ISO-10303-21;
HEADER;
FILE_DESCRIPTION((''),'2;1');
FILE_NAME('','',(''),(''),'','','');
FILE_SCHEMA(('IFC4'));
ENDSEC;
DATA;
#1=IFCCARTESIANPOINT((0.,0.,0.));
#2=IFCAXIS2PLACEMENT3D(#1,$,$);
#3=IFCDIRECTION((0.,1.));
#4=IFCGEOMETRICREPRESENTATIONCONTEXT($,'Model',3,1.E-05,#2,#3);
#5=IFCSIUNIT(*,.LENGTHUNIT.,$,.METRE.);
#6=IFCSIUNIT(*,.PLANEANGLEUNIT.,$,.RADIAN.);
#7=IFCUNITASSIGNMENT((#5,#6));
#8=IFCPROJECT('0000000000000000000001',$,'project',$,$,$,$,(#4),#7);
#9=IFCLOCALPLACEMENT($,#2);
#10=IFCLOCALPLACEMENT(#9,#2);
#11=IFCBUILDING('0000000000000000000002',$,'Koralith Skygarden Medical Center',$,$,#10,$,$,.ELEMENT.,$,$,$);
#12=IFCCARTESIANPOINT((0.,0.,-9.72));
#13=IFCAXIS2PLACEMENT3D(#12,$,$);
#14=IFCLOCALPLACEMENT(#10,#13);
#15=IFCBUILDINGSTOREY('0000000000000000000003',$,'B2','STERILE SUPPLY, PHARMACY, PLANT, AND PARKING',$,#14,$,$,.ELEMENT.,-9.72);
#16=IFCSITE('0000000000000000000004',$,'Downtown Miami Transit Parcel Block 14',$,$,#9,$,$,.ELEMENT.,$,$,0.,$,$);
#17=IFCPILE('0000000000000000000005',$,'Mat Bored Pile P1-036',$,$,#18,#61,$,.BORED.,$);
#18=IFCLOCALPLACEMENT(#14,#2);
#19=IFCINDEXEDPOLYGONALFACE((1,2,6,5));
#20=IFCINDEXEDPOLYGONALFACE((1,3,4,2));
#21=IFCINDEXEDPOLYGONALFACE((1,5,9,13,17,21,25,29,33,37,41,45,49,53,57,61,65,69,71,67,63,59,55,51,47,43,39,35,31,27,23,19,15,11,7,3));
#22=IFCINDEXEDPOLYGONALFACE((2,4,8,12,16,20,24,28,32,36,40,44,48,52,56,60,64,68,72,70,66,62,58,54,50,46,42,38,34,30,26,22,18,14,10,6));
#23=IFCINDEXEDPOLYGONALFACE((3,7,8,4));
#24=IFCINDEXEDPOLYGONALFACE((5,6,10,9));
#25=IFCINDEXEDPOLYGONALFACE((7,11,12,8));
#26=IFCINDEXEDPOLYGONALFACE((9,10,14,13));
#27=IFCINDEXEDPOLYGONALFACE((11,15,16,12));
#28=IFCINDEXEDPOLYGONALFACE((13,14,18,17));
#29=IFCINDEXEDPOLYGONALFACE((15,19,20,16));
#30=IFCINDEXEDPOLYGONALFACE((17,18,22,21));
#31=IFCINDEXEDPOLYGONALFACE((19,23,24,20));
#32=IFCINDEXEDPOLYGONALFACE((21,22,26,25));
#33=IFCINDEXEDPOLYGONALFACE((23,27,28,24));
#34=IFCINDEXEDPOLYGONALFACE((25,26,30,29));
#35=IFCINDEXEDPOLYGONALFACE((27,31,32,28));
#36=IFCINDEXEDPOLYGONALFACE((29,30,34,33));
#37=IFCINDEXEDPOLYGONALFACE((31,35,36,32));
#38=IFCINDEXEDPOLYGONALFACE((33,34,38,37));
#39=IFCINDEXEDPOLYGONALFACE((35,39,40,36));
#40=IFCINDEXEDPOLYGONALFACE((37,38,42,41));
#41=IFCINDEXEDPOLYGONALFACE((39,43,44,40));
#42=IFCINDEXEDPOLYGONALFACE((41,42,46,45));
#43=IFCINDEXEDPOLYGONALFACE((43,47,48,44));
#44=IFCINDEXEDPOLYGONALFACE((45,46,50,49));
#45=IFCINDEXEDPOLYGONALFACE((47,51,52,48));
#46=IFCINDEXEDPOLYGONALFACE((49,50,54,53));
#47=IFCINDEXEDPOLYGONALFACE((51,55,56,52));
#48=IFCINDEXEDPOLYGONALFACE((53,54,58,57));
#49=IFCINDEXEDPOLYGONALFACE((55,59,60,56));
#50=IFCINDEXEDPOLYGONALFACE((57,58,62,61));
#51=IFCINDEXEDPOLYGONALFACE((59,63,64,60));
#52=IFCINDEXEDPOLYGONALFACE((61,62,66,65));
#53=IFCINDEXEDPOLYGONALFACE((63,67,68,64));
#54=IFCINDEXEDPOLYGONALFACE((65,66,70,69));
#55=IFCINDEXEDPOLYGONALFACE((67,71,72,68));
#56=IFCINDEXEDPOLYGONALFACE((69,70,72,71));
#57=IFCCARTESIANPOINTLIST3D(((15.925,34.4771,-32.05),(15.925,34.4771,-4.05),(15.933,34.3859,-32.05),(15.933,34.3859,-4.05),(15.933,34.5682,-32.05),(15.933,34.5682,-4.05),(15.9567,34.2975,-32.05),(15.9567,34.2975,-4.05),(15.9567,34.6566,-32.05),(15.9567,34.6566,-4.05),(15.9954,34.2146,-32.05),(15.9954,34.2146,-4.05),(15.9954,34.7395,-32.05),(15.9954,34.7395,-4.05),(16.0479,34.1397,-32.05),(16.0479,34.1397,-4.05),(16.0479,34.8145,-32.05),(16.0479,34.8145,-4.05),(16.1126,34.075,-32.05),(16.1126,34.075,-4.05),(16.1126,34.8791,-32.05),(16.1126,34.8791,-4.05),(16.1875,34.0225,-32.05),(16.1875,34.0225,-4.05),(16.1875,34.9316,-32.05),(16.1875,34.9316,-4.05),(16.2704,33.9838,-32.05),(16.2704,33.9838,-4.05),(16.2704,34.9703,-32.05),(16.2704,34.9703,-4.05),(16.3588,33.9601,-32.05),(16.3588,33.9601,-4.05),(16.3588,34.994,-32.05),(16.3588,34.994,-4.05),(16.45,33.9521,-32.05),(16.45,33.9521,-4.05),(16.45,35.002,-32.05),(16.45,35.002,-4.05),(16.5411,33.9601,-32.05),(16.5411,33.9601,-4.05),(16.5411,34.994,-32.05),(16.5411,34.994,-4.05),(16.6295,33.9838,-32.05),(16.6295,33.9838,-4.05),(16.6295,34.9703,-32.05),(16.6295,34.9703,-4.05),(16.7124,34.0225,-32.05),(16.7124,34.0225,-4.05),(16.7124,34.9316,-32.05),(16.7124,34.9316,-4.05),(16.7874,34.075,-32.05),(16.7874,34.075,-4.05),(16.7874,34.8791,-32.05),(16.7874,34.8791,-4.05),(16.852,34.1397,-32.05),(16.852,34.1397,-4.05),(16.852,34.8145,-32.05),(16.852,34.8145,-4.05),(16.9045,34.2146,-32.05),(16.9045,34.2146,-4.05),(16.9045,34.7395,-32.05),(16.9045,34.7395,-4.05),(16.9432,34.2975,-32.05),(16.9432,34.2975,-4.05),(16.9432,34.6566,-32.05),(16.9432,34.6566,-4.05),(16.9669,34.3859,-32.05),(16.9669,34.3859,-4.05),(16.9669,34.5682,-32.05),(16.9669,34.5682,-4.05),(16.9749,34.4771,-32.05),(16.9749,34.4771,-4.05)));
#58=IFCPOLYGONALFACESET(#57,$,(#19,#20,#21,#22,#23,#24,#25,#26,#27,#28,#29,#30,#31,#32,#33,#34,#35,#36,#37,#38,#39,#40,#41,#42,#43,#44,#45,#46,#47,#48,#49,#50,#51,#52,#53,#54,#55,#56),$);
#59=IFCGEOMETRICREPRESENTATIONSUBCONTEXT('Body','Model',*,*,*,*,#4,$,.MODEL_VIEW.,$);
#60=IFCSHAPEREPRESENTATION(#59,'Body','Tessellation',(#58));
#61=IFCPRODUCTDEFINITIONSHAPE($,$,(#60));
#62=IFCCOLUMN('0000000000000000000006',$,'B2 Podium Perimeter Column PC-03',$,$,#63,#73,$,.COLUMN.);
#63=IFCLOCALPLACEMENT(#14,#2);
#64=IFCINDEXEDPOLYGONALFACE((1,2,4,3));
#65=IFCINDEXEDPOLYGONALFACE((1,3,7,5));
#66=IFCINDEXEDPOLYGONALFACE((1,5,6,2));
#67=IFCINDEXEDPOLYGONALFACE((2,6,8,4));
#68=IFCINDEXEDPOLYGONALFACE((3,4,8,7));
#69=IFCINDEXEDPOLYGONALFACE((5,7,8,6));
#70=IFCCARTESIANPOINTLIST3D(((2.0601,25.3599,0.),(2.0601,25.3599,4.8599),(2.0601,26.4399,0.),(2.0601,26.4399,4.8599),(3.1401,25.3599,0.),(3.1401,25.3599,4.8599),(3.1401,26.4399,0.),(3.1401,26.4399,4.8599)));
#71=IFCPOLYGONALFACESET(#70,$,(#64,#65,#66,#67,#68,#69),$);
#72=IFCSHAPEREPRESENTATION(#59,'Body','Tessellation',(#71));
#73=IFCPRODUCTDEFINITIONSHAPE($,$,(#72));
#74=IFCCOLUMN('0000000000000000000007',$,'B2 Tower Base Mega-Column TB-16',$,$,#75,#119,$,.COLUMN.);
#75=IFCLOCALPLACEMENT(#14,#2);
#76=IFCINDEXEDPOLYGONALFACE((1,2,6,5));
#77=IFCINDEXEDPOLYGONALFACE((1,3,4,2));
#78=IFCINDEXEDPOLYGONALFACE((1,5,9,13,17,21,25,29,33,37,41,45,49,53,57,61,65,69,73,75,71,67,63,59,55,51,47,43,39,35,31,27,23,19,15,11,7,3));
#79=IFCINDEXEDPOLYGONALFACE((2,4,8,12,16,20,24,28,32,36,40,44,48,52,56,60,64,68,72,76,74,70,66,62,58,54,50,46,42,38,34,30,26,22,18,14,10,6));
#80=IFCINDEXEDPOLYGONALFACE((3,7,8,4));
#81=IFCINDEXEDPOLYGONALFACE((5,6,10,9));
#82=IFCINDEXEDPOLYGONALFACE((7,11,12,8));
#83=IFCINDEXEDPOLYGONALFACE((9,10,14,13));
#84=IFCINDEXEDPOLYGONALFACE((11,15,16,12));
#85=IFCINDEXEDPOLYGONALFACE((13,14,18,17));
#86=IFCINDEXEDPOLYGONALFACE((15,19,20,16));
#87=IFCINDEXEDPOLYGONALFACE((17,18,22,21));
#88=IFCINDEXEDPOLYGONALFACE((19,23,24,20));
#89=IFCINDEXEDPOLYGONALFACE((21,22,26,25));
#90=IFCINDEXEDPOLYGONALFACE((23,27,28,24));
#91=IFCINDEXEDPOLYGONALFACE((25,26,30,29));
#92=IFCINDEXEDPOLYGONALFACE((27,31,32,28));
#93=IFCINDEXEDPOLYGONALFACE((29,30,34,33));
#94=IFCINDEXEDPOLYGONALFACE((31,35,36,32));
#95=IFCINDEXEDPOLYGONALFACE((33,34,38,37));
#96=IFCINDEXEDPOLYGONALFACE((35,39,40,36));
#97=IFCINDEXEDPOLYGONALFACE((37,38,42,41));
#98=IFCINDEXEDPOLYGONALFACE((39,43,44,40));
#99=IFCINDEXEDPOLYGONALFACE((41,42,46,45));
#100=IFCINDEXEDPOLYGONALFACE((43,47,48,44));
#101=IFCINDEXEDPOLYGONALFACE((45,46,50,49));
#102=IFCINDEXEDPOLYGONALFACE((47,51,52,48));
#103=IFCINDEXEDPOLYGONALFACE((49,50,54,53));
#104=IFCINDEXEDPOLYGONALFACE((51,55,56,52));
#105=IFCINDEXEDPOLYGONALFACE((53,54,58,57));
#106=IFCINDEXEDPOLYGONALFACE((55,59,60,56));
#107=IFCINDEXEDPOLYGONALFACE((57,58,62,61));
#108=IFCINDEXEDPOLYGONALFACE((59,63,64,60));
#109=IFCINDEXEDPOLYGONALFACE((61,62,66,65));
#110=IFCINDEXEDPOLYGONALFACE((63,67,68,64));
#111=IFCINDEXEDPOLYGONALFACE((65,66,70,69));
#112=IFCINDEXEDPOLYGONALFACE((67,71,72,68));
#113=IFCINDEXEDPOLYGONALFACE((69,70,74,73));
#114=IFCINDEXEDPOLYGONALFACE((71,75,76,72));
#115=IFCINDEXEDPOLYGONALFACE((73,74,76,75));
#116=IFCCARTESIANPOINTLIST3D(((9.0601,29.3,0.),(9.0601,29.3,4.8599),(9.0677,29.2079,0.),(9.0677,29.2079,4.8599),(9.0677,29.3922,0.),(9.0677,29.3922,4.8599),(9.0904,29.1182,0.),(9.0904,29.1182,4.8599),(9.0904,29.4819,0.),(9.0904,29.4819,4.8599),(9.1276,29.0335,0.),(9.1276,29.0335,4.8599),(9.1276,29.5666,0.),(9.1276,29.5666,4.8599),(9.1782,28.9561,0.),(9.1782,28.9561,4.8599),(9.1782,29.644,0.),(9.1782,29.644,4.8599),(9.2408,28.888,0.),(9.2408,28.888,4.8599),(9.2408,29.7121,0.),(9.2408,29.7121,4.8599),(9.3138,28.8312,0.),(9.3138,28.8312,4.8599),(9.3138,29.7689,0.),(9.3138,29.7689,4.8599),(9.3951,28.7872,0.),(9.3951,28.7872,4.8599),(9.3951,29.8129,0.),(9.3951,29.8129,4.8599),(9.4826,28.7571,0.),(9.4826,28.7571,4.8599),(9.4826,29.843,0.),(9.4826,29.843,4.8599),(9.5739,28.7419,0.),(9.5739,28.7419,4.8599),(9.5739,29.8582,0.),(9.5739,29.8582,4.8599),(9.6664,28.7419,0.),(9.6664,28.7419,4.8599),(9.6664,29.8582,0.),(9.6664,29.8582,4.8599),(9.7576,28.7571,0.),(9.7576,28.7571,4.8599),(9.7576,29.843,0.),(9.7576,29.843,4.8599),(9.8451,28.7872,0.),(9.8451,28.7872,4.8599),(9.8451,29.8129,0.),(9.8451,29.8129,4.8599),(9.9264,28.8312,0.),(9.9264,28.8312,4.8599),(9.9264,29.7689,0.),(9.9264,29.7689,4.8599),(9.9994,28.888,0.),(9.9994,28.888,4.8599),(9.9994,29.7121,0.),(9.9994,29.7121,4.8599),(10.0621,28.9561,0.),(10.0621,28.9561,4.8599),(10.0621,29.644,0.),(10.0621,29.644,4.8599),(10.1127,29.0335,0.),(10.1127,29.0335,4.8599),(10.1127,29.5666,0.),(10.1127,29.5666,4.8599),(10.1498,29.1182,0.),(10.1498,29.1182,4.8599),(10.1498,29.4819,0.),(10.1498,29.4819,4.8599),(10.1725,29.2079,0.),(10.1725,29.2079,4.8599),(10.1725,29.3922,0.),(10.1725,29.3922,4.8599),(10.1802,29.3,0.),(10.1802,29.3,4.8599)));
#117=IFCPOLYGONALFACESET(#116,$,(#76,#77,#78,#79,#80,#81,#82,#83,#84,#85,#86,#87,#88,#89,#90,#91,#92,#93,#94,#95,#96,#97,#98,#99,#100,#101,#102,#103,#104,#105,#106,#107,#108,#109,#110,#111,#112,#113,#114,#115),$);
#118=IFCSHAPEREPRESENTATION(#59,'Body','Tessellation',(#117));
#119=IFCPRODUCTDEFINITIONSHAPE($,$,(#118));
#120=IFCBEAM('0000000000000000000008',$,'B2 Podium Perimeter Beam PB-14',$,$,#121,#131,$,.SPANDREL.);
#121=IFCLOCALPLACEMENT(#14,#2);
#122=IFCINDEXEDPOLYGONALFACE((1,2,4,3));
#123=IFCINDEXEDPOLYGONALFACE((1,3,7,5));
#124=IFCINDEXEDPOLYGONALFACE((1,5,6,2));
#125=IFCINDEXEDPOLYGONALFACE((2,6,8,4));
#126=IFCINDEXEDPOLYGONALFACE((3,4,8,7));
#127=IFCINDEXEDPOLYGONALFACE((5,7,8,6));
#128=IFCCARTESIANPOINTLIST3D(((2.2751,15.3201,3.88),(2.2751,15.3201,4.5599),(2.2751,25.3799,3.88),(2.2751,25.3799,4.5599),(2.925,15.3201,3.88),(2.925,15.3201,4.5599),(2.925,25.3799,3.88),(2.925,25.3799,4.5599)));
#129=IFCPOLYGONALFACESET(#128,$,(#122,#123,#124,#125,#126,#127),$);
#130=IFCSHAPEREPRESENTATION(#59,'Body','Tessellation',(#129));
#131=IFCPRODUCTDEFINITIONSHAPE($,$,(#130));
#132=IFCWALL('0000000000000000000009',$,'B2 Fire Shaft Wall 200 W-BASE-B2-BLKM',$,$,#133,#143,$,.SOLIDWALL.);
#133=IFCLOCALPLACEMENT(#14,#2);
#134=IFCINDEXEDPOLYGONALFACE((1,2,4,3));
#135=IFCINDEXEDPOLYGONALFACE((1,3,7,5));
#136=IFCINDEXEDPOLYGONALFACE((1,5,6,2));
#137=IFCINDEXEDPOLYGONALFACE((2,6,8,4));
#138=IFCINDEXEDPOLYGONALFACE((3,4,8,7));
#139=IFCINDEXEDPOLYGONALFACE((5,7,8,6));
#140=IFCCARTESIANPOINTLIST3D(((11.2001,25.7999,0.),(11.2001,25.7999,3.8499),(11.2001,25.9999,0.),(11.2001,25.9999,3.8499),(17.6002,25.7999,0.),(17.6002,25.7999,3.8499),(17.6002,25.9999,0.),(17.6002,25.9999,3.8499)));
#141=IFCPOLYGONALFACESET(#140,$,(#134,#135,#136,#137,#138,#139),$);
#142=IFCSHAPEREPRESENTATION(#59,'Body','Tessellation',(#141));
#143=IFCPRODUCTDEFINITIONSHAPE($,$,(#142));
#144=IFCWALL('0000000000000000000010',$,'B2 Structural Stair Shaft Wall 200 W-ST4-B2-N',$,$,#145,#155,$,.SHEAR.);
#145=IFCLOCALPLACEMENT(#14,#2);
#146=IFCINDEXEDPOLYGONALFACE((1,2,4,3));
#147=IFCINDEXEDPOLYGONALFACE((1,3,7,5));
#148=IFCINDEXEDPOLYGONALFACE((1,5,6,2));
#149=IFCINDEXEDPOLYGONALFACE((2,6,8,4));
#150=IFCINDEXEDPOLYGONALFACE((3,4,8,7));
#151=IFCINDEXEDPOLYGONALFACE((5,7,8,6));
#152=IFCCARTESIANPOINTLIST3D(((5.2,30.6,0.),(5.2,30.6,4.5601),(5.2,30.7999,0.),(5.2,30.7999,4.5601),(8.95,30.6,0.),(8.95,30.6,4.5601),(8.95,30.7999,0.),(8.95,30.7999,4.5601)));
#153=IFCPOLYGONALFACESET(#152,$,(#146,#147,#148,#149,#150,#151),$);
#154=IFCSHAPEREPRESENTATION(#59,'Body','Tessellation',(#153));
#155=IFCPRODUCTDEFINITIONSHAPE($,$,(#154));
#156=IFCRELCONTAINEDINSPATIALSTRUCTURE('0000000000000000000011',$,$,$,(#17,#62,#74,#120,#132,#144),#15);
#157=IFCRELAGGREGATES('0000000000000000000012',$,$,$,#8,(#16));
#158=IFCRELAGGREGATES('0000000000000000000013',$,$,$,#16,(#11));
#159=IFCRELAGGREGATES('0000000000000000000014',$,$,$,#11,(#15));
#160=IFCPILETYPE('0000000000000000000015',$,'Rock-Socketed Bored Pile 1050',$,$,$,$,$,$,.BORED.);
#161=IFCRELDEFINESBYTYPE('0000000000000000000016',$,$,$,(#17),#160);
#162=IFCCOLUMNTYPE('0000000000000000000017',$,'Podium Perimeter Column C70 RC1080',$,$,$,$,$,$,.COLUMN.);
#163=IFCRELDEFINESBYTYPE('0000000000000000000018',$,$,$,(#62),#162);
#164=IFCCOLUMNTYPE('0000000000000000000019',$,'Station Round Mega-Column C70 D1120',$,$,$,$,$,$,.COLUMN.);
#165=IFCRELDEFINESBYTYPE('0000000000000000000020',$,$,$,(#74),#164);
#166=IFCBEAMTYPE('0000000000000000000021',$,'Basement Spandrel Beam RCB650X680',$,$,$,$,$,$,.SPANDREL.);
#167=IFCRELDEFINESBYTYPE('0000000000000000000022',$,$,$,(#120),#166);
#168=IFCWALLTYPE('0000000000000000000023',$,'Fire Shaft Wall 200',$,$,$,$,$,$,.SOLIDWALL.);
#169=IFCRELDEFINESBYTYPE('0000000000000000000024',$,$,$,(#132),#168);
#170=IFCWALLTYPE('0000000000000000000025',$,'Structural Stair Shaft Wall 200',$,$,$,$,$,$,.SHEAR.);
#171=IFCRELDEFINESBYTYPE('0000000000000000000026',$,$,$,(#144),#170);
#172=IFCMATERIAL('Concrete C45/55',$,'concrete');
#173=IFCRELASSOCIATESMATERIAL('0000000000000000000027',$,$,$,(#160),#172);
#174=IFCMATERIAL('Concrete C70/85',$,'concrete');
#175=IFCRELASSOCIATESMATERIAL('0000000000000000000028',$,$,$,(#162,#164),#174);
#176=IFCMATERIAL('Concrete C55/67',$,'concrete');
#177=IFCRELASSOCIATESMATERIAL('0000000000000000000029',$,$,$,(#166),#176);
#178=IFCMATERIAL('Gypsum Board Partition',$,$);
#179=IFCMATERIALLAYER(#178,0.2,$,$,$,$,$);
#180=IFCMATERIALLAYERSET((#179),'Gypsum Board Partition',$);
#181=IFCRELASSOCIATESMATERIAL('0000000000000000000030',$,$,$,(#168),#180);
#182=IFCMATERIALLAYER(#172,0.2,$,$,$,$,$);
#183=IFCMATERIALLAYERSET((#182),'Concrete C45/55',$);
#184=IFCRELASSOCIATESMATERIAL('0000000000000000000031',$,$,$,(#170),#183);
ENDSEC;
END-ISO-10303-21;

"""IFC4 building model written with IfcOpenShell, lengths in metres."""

from ifc_helpers import new_model, si_unit, direction, frame, frame_2d, origin, origin_2d, place, context, subcontext, project, spatial, rectangle, circle, extrude, material, layer, layer_set, material_profile, profile_set, type_object, element, save


model = new_model("IFC4")

# Units and contexts
model_context = context("Model", 3, precision=1e-05, world=origin(), true_north=direction((0.0, 1.0)))
body_context = subcontext(model_context, "Body", "Model", "MODEL_VIEW")
ifc_project = project(units=[si_unit("LENGTHUNIT", "METRE"), si_unit("PLANEANGLEUNIT", "RADIAN")], contexts=[model_context])

# Site, building, storey
site_placement = place(None, origin())
site = spatial("IfcSite", under=ifc_project, at=site_placement, Name="Downtown Miami Transit Parcel Block 14", CompositionType="ELEMENT", RefElevation=0.0)
building_placement = place(site_placement, origin())
building = spatial("IfcBuilding", under=site, at=building_placement, Name="Koralith Skygarden Medical Center", CompositionType="ELEMENT")
storey_placement = place(building_placement, frame((0.0, 0.0, -9.72)))
storey = spatial("IfcBuildingStorey", under=building, at=storey_placement, Name="B2", Description="STERILE SUPPLY, PHARMACY, PLANT, AND PARKING", CompositionType="ELEMENT", Elevation=-9.72)

# Shared definitions
ifc_material_1 = material(Name="Concrete C55/67", Category="concrete")

# Pile
ifc_material_2 = material(Name="Concrete C45/55", Category="concrete")
ifc_material_profile_1 = material_profile(ifc_material_2, circle(Radius=0.5249, at=origin_2d()), Name="PILE1050")
ifc_profile_set_1 = profile_set([ifc_material_profile_1], Name="Concrete C45/55")
pile_type = type_object("IfcPileType", Name="Rock-Socketed Bored Pile 1050", PredefinedType="BORED", material=ifc_profile_set_1)
for number, where, z_axis, x_axis, name in (
    (1, (16.45, 34.4771, -4.05), (0.0, 0.0, -1.0), (1.0, 0.0, 0.0), "Mat Bored Pile P1-036"),
):
    element("IfcPile", number, at=place(storey_placement, frame(where, z_axis=z_axis, x_axis=x_axis)), inside=storey, type_object=pile_type, Name=name, PredefinedType="BORED", context=body_context, shape_type="SweptSolid", body=[
        extrude(circle(Radius=0.5249, at=origin_2d()), origin(), (0.0, 0.0, 1.0), 28.0),
    ])

# Columns
ifc_material_3 = material(Name="Concrete C70/85", Category="concrete")
ifc_material_profile_2 = material_profile(ifc_material_3, rectangle(XDim=1.0801, YDim=1.0801, at=origin_2d()), Name="RC1080X1080")
ifc_profile_set_2 = profile_set([ifc_material_profile_2], Name="Concrete C70/85")
column_type_1 = type_object("IfcColumnType", Name="Podium Perimeter Column C70 RC1080", PredefinedType="COLUMN", material=ifc_profile_set_2)
column_1_placement = place(storey_placement, frame((2.6001, 25.8999, 0.0), z_axis=(0.0, 0.0, 1.0), x_axis=(1.0, 0.0, 0.0)))
element("IfcColumn", 2, at=column_1_placement, inside=storey, type_object=column_type_1, Name="B2 Podium Perimeter Column PC-03", PredefinedType="COLUMN", context=body_context, shape_type="SweptSolid", body=[
    extrude(rectangle(XDim=1.0801, YDim=1.0801, at=origin_2d()), origin(), (0.0, 0.0, 1.0), 4.8599),
])
ifc_material_profile_3 = material_profile(ifc_material_3, circle(Radius=0.5601, at=origin_2d()), Name="RCCOL1120")
ifc_profile_set_3 = profile_set([ifc_material_profile_3], Name="Concrete C70/85")
column_type_2 = type_object("IfcColumnType", Name="Station Round Mega-Column C70 D1120", PredefinedType="COLUMN", material=ifc_profile_set_3)
column_2_placement = place(storey_placement, frame((9.6201, 29.3, 0.0), z_axis=(0.0, 0.0, 1.0), x_axis=(1.0, 0.0, 0.0)))
element("IfcColumn", 3, at=column_2_placement, inside=storey, type_object=column_type_2, Name="B2 Tower Base Mega-Column TB-16", PredefinedType="COLUMN", context=body_context, shape_type="SweptSolid", body=[
    extrude(circle(Radius=0.5601, at=origin_2d()), origin(), (0.0, 0.0, 1.0), 4.8599),
])

# Beam
ifc_material_profile_4 = material_profile(ifc_material_1, rectangle(XDim=0.6499, YDim=0.6799, at=origin_2d()), Name="RCB650X680")
ifc_profile_set_4 = profile_set([ifc_material_profile_4], Name="Concrete C55/67")
beam_type = type_object("IfcBeamType", Name="Basement Spandrel Beam RCB650X680", PredefinedType="SPANDREL", material=ifc_profile_set_4)
beam_placement = place(storey_placement, frame((2.6001, 25.3799, 4.22), z_axis=(0.0, -1.0, 0.0), x_axis=(1.0, 0.0, 0.0)))
element("IfcBeam", 4, at=beam_placement, inside=storey, type_object=beam_type, Name="B2 Podium Perimeter Beam PB-14", PredefinedType="SPANDREL", context=body_context, shape_type="SweptSolid", body=[
    extrude(rectangle(XDim=0.6499, YDim=0.6799, at=origin_2d()), origin(), (0.0, 0.0, 1.0), 10.0598),
])

# Walls
ifc_material_4 = material(Name="Gypsum Board Partition")
ifc_layer_1 = layer(ifc_material_4, 0.2)
ifc_layer_set_1 = layer_set([ifc_layer_1], Name="Gypsum Board Partition")
wall_type_1 = type_object("IfcWallType", Name="Fire Shaft Wall 200", PredefinedType="SOLIDWALL", material=ifc_layer_set_1)
wall_1_placement = place(storey_placement, frame((11.2, 25.8999, 0.0), z_axis=(0.0, 0.0, 1.0), x_axis=(1.0, 0.0, 0.0)))
element("IfcWall", 5, at=wall_1_placement, inside=storey, type_object=wall_type_1, Name="B2 Fire Shaft Wall 200 W-BASE-B2-BLKM", PredefinedType="SOLIDWALL", context=body_context, shape_type="SweptSolid", body=[
    extrude(rectangle(XDim=6.4001, YDim=0.2, at=frame_2d((3.2002, 0.0))), origin(), (0.0, 0.0, 1.0), 3.8499),
])
ifc_layer_2 = layer(ifc_material_2, 0.2)
ifc_layer_set_2 = layer_set([ifc_layer_2], Name="Concrete C45/55")
wall_type_2 = type_object("IfcWallType", Name="Structural Stair Shaft Wall 200", PredefinedType="SHEAR", material=ifc_layer_set_2)
wall_2_placement = place(storey_placement, frame((5.2, 30.7, 0.0), z_axis=(0.0, 0.0, 1.0), x_axis=(1.0, 0.0, 0.0)))
element("IfcWall", 6, at=wall_2_placement, inside=storey, type_object=wall_type_2, Name="B2 Structural Stair Shaft Wall 200 W-ST4-B2-N", PredefinedType="SHEAR", context=body_context, shape_type="SweptSolid", body=[
    extrude(rectangle(XDim=3.75, YDim=0.2, at=frame_2d((1.875, 0.0))), origin(), (0.0, 0.0, 1.0), 4.5601),
])

save(model, "model.ifc")
